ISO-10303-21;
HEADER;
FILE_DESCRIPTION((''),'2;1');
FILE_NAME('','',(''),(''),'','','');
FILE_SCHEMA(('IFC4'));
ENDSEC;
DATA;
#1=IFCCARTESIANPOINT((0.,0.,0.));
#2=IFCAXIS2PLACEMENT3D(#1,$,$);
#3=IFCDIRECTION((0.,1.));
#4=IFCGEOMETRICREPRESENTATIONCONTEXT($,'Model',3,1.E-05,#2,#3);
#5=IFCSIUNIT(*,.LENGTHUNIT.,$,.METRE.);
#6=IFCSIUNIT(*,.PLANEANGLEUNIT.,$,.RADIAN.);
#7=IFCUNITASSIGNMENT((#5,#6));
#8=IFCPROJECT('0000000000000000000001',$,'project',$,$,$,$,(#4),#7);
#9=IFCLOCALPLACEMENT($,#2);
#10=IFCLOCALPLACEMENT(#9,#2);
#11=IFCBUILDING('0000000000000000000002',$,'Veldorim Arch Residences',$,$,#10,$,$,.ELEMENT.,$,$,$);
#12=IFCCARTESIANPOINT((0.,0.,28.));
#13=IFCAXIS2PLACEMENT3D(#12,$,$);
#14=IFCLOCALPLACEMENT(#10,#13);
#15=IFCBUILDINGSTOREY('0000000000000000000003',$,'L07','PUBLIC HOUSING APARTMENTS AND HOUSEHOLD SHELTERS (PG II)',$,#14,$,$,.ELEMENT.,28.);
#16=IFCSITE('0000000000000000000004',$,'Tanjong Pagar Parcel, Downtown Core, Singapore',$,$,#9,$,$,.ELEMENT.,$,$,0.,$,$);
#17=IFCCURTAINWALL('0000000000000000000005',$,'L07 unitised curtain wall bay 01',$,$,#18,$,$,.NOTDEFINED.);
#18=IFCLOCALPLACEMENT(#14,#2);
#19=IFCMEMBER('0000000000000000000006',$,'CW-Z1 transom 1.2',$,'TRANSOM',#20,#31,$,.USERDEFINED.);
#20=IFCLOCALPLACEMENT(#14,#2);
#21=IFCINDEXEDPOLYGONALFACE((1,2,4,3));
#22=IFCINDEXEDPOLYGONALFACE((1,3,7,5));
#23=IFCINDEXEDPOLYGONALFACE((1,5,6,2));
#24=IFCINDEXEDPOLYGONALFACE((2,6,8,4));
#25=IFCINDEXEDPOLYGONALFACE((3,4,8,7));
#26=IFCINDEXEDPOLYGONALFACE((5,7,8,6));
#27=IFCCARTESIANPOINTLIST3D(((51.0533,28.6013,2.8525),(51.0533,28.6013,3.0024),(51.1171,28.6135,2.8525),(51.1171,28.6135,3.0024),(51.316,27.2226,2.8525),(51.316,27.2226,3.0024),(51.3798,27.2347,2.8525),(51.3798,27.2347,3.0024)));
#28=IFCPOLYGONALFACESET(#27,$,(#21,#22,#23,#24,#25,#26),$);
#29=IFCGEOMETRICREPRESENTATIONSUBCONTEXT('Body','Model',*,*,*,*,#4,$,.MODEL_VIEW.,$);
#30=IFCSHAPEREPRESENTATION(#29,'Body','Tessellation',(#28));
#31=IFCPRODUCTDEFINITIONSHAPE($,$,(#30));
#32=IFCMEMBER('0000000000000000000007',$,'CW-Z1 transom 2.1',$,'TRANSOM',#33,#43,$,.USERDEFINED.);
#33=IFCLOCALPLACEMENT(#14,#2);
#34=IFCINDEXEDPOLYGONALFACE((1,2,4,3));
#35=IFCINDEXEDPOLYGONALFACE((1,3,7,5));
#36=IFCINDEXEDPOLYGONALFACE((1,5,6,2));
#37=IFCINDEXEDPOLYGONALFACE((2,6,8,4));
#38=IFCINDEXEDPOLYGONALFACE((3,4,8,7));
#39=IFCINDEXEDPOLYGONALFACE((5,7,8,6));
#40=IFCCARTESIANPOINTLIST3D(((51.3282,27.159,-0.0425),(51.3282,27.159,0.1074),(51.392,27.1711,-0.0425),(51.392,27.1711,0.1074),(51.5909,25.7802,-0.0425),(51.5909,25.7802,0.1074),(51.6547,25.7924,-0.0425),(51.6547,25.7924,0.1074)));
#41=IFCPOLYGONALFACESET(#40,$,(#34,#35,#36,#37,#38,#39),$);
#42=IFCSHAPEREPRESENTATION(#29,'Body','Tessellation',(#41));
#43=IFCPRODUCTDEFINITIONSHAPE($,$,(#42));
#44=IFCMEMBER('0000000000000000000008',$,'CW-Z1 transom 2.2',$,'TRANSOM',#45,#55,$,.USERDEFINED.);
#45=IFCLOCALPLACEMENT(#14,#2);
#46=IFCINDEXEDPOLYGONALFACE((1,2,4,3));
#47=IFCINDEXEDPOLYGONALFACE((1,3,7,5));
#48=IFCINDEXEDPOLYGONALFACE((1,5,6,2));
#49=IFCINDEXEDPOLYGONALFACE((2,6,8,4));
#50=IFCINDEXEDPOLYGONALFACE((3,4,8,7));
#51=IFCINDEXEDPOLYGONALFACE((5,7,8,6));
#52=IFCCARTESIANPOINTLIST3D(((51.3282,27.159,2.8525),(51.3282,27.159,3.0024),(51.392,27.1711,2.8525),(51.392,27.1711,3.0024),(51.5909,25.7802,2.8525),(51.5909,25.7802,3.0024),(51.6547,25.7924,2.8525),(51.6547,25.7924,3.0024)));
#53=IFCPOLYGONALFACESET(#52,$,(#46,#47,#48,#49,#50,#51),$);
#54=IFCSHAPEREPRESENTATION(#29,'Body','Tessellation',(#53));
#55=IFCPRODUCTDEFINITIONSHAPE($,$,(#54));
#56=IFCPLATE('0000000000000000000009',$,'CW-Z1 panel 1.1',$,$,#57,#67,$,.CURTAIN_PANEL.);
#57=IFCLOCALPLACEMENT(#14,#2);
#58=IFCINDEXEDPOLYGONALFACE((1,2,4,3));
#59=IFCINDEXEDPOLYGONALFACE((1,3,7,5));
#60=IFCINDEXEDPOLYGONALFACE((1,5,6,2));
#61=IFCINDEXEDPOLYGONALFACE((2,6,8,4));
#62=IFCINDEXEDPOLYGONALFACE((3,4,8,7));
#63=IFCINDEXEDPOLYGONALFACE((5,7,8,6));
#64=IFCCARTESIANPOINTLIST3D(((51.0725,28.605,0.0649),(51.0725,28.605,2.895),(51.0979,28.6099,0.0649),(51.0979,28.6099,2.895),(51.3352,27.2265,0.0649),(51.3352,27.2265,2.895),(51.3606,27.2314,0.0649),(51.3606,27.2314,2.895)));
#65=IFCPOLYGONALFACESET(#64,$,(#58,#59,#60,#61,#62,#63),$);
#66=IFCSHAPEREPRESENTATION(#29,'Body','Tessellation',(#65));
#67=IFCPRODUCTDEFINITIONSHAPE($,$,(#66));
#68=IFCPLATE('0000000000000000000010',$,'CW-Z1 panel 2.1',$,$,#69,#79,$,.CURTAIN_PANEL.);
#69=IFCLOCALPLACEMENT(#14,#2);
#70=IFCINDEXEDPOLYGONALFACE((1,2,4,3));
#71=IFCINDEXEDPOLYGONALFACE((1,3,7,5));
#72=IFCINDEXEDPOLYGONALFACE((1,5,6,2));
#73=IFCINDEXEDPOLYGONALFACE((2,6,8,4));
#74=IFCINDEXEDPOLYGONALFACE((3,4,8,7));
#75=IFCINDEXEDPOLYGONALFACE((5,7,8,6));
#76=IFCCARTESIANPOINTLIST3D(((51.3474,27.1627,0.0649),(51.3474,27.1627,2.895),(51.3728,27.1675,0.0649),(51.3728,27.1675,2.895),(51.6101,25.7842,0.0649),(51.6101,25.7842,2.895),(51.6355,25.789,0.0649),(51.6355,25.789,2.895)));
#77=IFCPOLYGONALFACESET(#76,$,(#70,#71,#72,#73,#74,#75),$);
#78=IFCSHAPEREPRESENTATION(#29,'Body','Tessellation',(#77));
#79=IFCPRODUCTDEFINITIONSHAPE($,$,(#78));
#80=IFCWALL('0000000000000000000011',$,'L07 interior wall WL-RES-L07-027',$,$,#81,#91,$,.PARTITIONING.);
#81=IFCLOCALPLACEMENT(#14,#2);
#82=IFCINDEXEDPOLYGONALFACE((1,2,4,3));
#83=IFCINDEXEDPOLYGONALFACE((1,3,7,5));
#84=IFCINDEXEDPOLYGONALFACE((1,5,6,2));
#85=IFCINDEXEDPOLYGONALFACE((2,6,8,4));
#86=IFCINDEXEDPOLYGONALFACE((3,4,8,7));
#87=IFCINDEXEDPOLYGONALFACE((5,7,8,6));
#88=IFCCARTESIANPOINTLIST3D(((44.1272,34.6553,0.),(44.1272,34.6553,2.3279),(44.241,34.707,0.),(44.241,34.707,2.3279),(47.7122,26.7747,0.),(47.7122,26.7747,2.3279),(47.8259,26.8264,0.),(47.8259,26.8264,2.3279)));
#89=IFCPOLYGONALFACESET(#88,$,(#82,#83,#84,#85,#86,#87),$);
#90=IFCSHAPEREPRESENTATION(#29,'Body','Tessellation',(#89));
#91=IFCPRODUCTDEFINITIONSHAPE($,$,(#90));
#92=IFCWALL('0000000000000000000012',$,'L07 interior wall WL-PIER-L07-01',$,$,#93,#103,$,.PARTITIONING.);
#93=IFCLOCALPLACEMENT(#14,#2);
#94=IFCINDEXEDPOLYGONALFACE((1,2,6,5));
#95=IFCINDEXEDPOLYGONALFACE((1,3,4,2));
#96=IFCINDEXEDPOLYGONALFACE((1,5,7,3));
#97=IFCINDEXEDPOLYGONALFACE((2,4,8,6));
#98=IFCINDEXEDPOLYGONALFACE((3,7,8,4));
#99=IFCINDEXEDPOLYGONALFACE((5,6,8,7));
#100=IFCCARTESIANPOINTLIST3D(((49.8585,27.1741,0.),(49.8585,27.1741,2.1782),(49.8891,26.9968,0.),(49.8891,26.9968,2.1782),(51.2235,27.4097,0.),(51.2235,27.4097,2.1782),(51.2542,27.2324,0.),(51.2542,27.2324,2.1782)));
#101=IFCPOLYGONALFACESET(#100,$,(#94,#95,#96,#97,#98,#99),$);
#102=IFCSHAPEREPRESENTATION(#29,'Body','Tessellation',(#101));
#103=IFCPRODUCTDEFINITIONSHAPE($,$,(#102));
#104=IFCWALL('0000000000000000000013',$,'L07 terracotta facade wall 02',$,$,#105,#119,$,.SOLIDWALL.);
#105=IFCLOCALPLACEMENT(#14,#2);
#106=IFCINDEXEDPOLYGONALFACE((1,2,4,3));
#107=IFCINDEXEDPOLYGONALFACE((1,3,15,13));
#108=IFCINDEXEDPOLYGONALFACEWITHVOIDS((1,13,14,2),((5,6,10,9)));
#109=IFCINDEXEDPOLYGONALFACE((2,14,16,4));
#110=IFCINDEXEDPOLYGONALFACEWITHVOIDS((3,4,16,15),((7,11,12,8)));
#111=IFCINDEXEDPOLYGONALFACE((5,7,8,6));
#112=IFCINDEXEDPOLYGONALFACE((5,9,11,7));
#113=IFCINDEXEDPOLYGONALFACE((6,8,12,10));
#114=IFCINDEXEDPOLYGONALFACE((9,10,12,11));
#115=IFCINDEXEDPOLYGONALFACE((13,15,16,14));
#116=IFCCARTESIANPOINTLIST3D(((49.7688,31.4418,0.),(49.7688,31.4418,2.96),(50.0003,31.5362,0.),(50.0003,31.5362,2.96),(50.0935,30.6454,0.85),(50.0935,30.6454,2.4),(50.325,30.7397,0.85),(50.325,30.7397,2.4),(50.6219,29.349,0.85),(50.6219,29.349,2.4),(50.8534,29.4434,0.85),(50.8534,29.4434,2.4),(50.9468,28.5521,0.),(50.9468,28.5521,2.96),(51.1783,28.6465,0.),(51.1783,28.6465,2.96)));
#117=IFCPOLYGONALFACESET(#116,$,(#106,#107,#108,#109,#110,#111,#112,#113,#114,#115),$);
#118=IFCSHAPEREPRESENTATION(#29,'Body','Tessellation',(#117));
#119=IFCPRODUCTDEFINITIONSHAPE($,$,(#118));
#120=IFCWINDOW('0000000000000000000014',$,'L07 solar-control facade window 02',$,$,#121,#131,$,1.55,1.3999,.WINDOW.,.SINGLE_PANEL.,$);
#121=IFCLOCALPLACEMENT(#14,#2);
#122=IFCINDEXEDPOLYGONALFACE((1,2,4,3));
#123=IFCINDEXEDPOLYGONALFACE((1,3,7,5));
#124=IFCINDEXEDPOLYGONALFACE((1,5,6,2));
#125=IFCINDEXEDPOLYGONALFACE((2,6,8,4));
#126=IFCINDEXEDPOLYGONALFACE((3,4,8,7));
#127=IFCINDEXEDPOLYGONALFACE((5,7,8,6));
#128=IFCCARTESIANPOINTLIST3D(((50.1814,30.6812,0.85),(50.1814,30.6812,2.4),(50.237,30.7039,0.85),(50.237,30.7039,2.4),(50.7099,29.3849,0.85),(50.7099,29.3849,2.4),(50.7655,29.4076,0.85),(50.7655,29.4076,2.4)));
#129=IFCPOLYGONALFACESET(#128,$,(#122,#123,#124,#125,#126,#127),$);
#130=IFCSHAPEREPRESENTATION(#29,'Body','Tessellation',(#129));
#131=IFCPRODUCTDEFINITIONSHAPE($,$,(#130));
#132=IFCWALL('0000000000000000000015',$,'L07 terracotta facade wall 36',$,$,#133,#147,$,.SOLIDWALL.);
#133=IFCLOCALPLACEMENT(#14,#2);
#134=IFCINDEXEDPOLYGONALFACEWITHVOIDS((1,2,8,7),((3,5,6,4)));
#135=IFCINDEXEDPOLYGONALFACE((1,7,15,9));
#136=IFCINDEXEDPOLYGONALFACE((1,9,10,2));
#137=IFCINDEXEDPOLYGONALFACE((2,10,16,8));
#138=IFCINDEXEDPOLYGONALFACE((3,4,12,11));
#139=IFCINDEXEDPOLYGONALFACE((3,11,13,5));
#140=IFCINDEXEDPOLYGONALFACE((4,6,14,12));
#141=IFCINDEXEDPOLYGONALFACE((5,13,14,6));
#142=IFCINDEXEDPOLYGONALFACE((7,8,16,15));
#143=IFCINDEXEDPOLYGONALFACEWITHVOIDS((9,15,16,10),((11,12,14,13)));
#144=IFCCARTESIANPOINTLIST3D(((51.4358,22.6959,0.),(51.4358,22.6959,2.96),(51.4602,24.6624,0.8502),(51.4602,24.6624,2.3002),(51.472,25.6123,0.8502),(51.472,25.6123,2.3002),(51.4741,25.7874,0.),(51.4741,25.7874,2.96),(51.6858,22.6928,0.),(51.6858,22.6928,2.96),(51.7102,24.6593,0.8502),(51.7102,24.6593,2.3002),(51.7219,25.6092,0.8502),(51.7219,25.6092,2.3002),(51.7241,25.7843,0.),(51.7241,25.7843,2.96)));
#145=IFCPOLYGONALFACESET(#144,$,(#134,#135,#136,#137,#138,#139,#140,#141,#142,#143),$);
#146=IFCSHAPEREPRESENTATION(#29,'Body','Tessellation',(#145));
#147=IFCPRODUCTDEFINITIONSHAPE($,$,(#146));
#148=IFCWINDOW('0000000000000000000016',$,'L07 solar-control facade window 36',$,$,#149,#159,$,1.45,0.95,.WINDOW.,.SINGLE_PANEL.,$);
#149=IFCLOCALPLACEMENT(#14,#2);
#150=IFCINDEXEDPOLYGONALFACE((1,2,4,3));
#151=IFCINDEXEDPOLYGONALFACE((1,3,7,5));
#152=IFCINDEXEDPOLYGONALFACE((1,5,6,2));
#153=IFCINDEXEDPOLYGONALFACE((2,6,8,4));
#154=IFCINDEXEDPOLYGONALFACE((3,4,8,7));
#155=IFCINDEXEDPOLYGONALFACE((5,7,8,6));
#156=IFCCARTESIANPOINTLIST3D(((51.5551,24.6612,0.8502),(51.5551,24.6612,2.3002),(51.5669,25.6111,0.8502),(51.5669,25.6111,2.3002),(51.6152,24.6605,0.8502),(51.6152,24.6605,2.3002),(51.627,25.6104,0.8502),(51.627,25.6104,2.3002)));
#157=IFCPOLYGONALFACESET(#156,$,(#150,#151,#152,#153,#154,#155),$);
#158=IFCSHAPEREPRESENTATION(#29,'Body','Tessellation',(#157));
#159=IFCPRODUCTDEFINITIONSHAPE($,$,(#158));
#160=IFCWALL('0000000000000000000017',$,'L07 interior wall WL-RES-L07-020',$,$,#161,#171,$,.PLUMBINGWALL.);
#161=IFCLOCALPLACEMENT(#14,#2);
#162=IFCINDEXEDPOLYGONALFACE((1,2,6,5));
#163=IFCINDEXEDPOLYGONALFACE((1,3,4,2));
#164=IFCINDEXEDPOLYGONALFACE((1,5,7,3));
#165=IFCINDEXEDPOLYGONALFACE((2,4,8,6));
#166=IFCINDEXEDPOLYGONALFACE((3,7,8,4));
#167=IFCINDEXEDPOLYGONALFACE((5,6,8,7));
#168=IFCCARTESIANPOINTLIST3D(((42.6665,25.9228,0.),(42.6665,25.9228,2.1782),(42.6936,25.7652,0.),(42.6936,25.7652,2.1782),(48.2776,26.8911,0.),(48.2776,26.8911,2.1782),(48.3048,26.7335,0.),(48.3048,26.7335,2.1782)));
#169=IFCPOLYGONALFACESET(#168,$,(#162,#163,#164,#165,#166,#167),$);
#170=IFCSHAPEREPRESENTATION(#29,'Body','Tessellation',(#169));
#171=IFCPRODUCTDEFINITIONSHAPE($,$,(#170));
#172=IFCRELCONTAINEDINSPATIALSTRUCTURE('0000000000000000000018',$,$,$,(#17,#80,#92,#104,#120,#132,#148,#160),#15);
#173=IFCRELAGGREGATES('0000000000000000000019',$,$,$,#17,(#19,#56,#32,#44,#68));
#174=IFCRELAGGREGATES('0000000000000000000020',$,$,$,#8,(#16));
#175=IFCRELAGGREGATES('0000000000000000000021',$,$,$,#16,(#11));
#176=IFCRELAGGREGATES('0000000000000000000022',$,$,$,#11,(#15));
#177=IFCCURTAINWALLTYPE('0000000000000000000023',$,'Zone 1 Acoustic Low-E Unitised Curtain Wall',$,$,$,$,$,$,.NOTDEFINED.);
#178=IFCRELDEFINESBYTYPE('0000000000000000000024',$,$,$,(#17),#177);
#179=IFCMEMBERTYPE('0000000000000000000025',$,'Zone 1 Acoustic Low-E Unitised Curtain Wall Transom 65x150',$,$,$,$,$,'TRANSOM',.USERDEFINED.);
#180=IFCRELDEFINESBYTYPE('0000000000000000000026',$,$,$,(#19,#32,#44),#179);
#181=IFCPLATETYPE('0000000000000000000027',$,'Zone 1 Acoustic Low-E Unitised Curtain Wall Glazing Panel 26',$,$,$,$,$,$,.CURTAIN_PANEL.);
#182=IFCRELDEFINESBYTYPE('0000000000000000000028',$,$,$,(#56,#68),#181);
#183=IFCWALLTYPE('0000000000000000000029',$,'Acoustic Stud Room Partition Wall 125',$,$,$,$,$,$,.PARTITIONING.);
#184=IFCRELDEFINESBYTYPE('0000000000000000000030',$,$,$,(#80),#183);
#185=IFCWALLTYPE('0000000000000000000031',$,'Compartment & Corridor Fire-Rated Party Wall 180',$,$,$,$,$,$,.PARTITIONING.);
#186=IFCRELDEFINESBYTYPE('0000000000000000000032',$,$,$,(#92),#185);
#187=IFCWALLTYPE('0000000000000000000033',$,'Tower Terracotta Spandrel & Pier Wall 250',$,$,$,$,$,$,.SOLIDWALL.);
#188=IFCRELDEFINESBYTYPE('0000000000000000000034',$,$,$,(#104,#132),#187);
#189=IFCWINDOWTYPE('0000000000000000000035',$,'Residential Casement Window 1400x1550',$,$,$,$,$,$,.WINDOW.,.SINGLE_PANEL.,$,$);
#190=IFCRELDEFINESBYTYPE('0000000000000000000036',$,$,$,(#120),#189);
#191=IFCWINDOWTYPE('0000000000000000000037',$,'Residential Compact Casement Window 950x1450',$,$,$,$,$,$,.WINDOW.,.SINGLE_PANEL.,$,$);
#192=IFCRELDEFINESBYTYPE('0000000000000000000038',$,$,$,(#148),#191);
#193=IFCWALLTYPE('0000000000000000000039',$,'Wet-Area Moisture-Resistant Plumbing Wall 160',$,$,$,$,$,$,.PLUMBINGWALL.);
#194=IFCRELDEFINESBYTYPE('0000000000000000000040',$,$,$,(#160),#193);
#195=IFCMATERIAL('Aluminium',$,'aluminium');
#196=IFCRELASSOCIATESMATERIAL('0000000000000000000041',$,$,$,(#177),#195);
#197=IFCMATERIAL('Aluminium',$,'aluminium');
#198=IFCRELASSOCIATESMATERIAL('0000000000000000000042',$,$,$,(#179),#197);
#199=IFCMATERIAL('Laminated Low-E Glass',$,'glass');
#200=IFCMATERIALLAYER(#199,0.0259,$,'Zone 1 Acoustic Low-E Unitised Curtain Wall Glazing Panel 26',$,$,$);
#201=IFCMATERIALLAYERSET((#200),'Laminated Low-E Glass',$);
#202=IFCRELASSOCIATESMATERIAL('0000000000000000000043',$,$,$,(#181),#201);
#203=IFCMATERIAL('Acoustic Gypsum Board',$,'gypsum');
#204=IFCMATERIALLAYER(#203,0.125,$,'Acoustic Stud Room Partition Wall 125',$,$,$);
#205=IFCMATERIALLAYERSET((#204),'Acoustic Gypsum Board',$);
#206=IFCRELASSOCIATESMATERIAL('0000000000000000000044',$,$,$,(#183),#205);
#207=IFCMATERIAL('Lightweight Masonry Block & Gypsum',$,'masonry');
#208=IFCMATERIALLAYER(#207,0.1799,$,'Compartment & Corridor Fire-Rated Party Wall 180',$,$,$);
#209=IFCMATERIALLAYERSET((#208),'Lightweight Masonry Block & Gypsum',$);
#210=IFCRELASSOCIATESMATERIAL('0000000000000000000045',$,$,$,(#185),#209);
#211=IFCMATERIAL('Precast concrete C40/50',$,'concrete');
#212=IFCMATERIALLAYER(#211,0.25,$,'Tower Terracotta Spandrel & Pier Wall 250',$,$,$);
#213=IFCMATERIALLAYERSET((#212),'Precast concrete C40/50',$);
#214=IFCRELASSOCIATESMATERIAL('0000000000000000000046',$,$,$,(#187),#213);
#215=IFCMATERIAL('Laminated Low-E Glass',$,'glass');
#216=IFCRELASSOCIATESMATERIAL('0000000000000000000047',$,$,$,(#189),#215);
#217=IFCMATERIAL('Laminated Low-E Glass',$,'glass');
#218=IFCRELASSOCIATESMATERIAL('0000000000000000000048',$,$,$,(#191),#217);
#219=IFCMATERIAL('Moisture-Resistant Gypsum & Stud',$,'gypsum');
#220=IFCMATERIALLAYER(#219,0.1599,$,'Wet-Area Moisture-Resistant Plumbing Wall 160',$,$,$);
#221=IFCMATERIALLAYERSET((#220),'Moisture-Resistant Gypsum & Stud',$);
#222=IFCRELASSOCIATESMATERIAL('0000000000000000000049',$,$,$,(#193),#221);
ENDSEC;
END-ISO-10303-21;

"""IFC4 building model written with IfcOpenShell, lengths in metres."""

from ifc_helpers import new_model, si_unit, direction, frame, frame_2d, origin, origin_2d, place, context, subcontext, project, spatial, rectangle, extrude, material, layer, layer_set, material_profile, profile_set, type_object, element, fill, aggregate, save


model = new_model("IFC4")

# Units and contexts
model_context = context("Model", 3, precision=1e-05, world=origin(), true_north=direction((0.0, 1.0)))
body_context = subcontext(model_context, "Body", "Model", "MODEL_VIEW")
ifc_project = project(units=[si_unit("LENGTHUNIT", "METRE"), si_unit("PLANEANGLEUNIT", "RADIAN")], contexts=[model_context])

# Site, building, storey
site_placement = place(None, origin())
site = spatial("IfcSite", under=ifc_project, at=site_placement, Name="Tanjong Pagar Parcel, Downtown Core, Singapore", CompositionType="ELEMENT", RefElevation=0.0)
building_placement = place(site_placement, origin())
building = spatial("IfcBuilding", under=site, at=building_placement, Name="Veldorim Arch Residences", CompositionType="ELEMENT")
storey_placement = place(building_placement, frame((0.0, 0.0, 28.0)))
storey = spatial("IfcBuildingStorey", under=building, at=storey_placement, Name="L07", Description="PUBLIC HOUSING APARTMENTS AND HOUSEHOLD SHELTERS (PG II)", CompositionType="ELEMENT", Elevation=28.0)

# Curtain wall, members, plates
ifc_material_1 = material(Name="Aluminium", Category="aluminium")
curtain_wall_type = type_object("IfcCurtainWallType", Name="Zone 1 Acoustic Low-E Unitised Curtain Wall", PredefinedType="NOTDEFINED", material=ifc_material_1)
curtain_wall_placement = place(storey_placement, origin())
curtain_wall = element("IfcCurtainWall", 1, at=curtain_wall_placement, inside=storey, type_object=curtain_wall_type, Name="L07 unitised curtain wall bay 01", PredefinedType="NOTDEFINED")
ifc_material_2 = material(Name="Aluminium", Category="aluminium")
ifc_material_profile_1 = material_profile(ifc_material_2, rectangle(XDim=0.0649, YDim=0.1499, at=origin_2d()), Name="ALU_TRN_65x150")
ifc_profile_set_1 = profile_set([ifc_material_profile_1], Name="Aluminium")
member_type_1 = type_object("IfcMemberType", Name="Zone 1 Acoustic Low-E Unitised Curtain Wall Transom 65x150", ElementType="TRANSOM", PredefinedType="USERDEFINED", material=ifc_profile_set_1)
member_1_placement = place(storey_placement, frame((51.0852, 28.6074, 2.9275), z_axis=(0.187176, -0.982326, 0.0), x_axis=(0.982326, 0.187176, 0.0)))
member_1 = element("IfcMember", 2, at=member_1_placement, type_object=member_type_1, Name="CW-Z1 transom 1.2", ObjectType="TRANSOM", PredefinedType="USERDEFINED", context=body_context, shape_type="SweptSolid", body=[
    extrude(rectangle(XDim=0.0649, YDim=0.1499, at=origin_2d()), origin(), (0.0, 0.0, 1.0), 1.4036),
])
member_2_placement = place(storey_placement, frame((51.3601, 27.165, 0.0325), z_axis=(0.187176, -0.982326, 0.0), x_axis=(0.982326, 0.187176, 0.0)))
member_2 = element("IfcMember", 3, at=member_2_placement, type_object=member_type_1, Name="CW-Z1 transom 2.1", ObjectType="TRANSOM", PredefinedType="USERDEFINED", context=body_context, shape_type="SweptSolid", body=[
    extrude(rectangle(XDim=0.0649, YDim=0.1499, at=origin_2d()), origin(), (0.0, 0.0, 1.0), 1.4036),
])
member_3_placement = place(storey_placement, frame((51.3601, 27.165, 2.9275), z_axis=(0.187176, -0.982326, 0.0), x_axis=(0.982326, 0.187176, 0.0)))
member_3 = element("IfcMember", 4, at=member_3_placement, type_object=member_type_1, Name="CW-Z1 transom 2.2", ObjectType="TRANSOM", PredefinedType="USERDEFINED", context=body_context, shape_type="SweptSolid", body=[
    extrude(rectangle(XDim=0.0649, YDim=0.1499, at=origin_2d()), origin(), (0.0, 0.0, 1.0), 1.4036),
])
ifc_material_3 = material(Name="Laminated Low-E Glass", Category="glass")
ifc_layer_1 = layer(ifc_material_3, 0.0259, Name="Zone 1 Acoustic Low-E Unitised Curtain Wall Glazing Panel 26")
ifc_layer_set_1 = layer_set([ifc_layer_1], Name="Laminated Low-E Glass")
plate_type = type_object("IfcPlateType", Name="Zone 1 Acoustic Low-E Unitised Curtain Wall Glazing Panel 26", PredefinedType="CURTAIN_PANEL", material=ifc_layer_set_1)
plate_1_placement = place(storey_placement, frame((51.2166, 27.9182, 0.0649), z_axis=(0.0, 0.0, 1.0), x_axis=(0.187222, -0.982318, 0.0)))
plate_1 = element("IfcPlate", 5, at=plate_1_placement, type_object=plate_type, Name="CW-Z1 panel 1.1", PredefinedType="CURTAIN_PANEL", context=body_context, shape_type="SweptSolid", body=[
    extrude(rectangle(XDim=1.4033, YDim=0.0259, at=origin_2d()), origin(), (0.0, 0.0, 1.0), 2.8301),
])
plate_2_placement = place(storey_placement, frame((51.4915, 26.4758, 0.0649), z_axis=(0.0, 0.0, 1.0), x_axis=(0.187222, -0.982318, 0.0)))
plate_2 = element("IfcPlate", 6, at=plate_2_placement, type_object=plate_type, Name="CW-Z1 panel 2.1", PredefinedType="CURTAIN_PANEL", context=body_context, shape_type="SweptSolid", body=[
    extrude(rectangle(XDim=1.4033, YDim=0.0259, at=origin_2d()), origin(), (0.0, 0.0, 1.0), 2.8301),
])
aggregate(curtain_wall, [member_1, plate_1, member_2, member_3, plate_2])

# Walls
ifc_material_4 = material(Name="Acoustic Gypsum Board", Category="gypsum")
ifc_layer_2 = layer(ifc_material_4, 0.125, Name="Acoustic Stud Room Partition Wall 125")
ifc_layer_set_2 = layer_set([ifc_layer_2], Name="Acoustic Gypsum Board")
wall_type_1 = type_object("IfcWallType", Name="Acoustic Stud Room Partition Wall 125", PredefinedType="PARTITIONING", material=ifc_layer_set_2)
wall_1_placement = place(storey_placement, frame((47.769, 26.8005, 0.0), z_axis=(0.0, 0.0, 1.0), x_axis=(-0.414077, 0.910242, 0.0)))
element("IfcWall", 7, at=wall_1_placement, inside=storey, type_object=wall_type_1, Name="L07 interior wall WL-RES-L07-027", PredefinedType="PARTITIONING", context=body_context, shape_type="SweptSolid", body=[
    extrude(rectangle(XDim=8.6577, YDim=0.125, at=frame_2d((4.3289, 0.0))), origin(), (0.0, 0.0, 1.0), 2.3279),
])
ifc_material_5 = material(Name="Lightweight Masonry Block & Gypsum", Category="masonry")
ifc_layer_3 = layer(ifc_material_5, 0.1799, Name="Compartment & Corridor Fire-Rated Party Wall 180")
ifc_layer_set_3 = layer_set([ifc_layer_3], Name="Lightweight Masonry Block & Gypsum")
wall_type_2 = type_object("IfcWallType", Name="Compartment & Corridor Fire-Rated Party Wall 180", PredefinedType="PARTITIONING", material=ifc_layer_set_3)
wall_2_placement = place(storey_placement, frame((49.8738, 27.0854, 0.0), z_axis=(0.0, 0.0, 1.0), x_axis=(0.98543, 0.170084, 0.0)))
element("IfcWall", 8, at=wall_2_placement, inside=storey, type_object=wall_type_2, Name="L07 interior wall WL-PIER-L07-01", PredefinedType="PARTITIONING", context=body_context, shape_type="SweptSolid", body=[
    extrude(rectangle(XDim=1.3853, YDim=0.1799, at=frame_2d((0.6926, 0.0))), origin(), (0.0, 0.0, 1.0), 2.1782),
])

# Walls, openings, windows
ifc_material_6 = material(Name="Precast concrete C40/50", Category="concrete")
ifc_layer_4 = layer(ifc_material_6, 0.25, Name="Tower Terracotta Spandrel & Pier Wall 250")
ifc_layer_set_4 = layer_set([ifc_layer_4], Name="Precast concrete C40/50")
wall_type_3 = type_object("IfcWallType", Name="Tower Terracotta Spandrel & Pier Wall 250", PredefinedType="SOLIDWALL", material=ifc_layer_set_4)
wall_3_placement = place(storey_placement, frame((49.8845, 31.489, 0.0), z_axis=(0.0, 0.0, 1.0), x_axis=(0.377493, -0.926012, 0.0)))
wall_3 = element("IfcWall", 9, at=wall_3_placement, inside=storey, type_object=wall_type_3, Name="L07 terracotta facade wall 02", PredefinedType="SOLIDWALL", context=body_context, shape_type="SweptSolid", body=[
    extrude(rectangle(XDim=3.1206, YDim=0.25, at=frame_2d((1.5603, 0.0))), origin(), (0.0, 0.0, 1.0), 2.96),
])
opening_1_placement = place(wall_3_placement, frame((0.8601, 0.0, 0.8501)))
opening_1 = element("IfcOpeningElement", 10, at=opening_1_placement, cuts=wall_3, PredefinedType="OPENING", context=body_context, shape_type="SweptSolid", body=[
    extrude(rectangle(XDim=1.3999, YDim=1.55, at=frame_2d((0.7, 0.7749))), frame((0.0, 0.135, 0.0), z_axis=(0.0, -1.0, 0.0), x_axis=(1.0, 0.0, 0.0)), (0.0, 0.0, 1.0), 0.27),
])
ifc_material_7 = material(Name="Laminated Low-E Glass", Category="glass")
window_type_1 = type_object("IfcWindowType", Name="Residential Casement Window 1400x1550", PartitioningType="SINGLE_PANEL", PredefinedType="WINDOW", material=ifc_material_7)
window_1_placement = place(opening_1_placement, origin())
window_1 = element("IfcWindow", 11, at=window_1_placement, inside=storey, type_object=window_type_1, Name="L07 solar-control facade window 02", OverallHeight=1.55, OverallWidth=1.3999, PartitioningType="SINGLE_PANEL", PredefinedType="WINDOW", context=body_context, shape_type="SweptSolid", body=[
    extrude(rectangle(XDim=1.3999, YDim=1.55, at=frame_2d((0.7, 0.7749))), frame((0.0, 0.03, 0.0), z_axis=(0.0, -1.0, 0.0), x_axis=(1.0, 0.0, 0.0)), (0.0, 0.0, 1.0), 0.0601),
])
fill(opening_1, window_1)
wall_4_placement = place(storey_placement, frame((51.5991, 25.7859, 0.0), z_axis=(0.0, 0.0, 1.0), x_axis=(-0.012397, -0.999923, 0.0)))
wall_4 = element("IfcWall", 12, at=wall_4_placement, inside=storey, type_object=wall_type_3, Name="L07 terracotta facade wall 36", PredefinedType="SOLIDWALL", context=body_context, shape_type="SweptSolid", body=[
    extrude(rectangle(XDim=3.0918, YDim=0.25, at=frame_2d((1.5459, 0.0))), origin(), (0.0, 0.0, 1.0), 2.96),
])
opening_2_placement = place(wall_4_placement, frame((0.175, 0.0, 0.8501)))
opening_2 = element("IfcOpeningElement", 13, at=opening_2_placement, cuts=wall_4, PredefinedType="OPENING", context=body_context, shape_type="SweptSolid", body=[
    extrude(rectangle(XDim=0.95, YDim=1.45, at=frame_2d((0.4751, 0.7251))), frame((0.0, 0.135, 0.0), z_axis=(0.0, -1.0, 0.0), x_axis=(1.0, 0.0, 0.0)), (0.0, 0.0, 1.0), 0.27),
])
ifc_material_8 = material(Name="Laminated Low-E Glass", Category="glass")
window_type_2 = type_object("IfcWindowType", Name="Residential Compact Casement Window 950x1450", PartitioningType="SINGLE_PANEL", PredefinedType="WINDOW", material=ifc_material_8)
window_2_placement = place(opening_2_placement, origin())
window_2 = element("IfcWindow", 14, at=window_2_placement, inside=storey, type_object=window_type_2, Name="L07 solar-control facade window 36", OverallHeight=1.45, OverallWidth=0.95, PartitioningType="SINGLE_PANEL", PredefinedType="WINDOW", context=body_context, shape_type="SweptSolid", body=[
    extrude(rectangle(XDim=0.95, YDim=1.45, at=frame_2d((0.4751, 0.7251))), frame((0.0, 0.03, 0.0), z_axis=(0.0, -1.0, 0.0), x_axis=(1.0, 0.0, 0.0)), (0.0, 0.0, 1.0), 0.0601),
])
fill(opening_2, window_2)

# Wall
ifc_material_9 = material(Name="Moisture-Resistant Gypsum & Stud", Category="gypsum")
ifc_layer_5 = layer(ifc_material_9, 0.1599, Name="Wet-Area Moisture-Resistant Plumbing Wall 160")
ifc_layer_set_5 = layer_set([ifc_layer_5], Name="Moisture-Resistant Gypsum & Stud")
wall_type_4 = type_object("IfcWallType", Name="Wet-Area Moisture-Resistant Plumbing Wall 160", PredefinedType="PLUMBINGWALL", material=ifc_layer_set_5)
wall_5_placement = place(storey_placement, frame((42.6799, 25.844, 0.0), z_axis=(0.0, 0.0, 1.0), x_axis=(0.985436, 0.170049, 0.0)))
element("IfcWall", 15, at=wall_5_placement, inside=storey, type_object=wall_type_4, Name="L07 interior wall WL-RES-L07-020", PredefinedType="PLUMBINGWALL", context=body_context, shape_type="SweptSolid", body=[
    extrude(rectangle(XDim=5.6941, YDim=0.1599, at=frame_2d((2.8472, 0.0))), origin(), (0.0, 0.0, 1.0), 2.1782),
])

save(model, "model.ifc")
